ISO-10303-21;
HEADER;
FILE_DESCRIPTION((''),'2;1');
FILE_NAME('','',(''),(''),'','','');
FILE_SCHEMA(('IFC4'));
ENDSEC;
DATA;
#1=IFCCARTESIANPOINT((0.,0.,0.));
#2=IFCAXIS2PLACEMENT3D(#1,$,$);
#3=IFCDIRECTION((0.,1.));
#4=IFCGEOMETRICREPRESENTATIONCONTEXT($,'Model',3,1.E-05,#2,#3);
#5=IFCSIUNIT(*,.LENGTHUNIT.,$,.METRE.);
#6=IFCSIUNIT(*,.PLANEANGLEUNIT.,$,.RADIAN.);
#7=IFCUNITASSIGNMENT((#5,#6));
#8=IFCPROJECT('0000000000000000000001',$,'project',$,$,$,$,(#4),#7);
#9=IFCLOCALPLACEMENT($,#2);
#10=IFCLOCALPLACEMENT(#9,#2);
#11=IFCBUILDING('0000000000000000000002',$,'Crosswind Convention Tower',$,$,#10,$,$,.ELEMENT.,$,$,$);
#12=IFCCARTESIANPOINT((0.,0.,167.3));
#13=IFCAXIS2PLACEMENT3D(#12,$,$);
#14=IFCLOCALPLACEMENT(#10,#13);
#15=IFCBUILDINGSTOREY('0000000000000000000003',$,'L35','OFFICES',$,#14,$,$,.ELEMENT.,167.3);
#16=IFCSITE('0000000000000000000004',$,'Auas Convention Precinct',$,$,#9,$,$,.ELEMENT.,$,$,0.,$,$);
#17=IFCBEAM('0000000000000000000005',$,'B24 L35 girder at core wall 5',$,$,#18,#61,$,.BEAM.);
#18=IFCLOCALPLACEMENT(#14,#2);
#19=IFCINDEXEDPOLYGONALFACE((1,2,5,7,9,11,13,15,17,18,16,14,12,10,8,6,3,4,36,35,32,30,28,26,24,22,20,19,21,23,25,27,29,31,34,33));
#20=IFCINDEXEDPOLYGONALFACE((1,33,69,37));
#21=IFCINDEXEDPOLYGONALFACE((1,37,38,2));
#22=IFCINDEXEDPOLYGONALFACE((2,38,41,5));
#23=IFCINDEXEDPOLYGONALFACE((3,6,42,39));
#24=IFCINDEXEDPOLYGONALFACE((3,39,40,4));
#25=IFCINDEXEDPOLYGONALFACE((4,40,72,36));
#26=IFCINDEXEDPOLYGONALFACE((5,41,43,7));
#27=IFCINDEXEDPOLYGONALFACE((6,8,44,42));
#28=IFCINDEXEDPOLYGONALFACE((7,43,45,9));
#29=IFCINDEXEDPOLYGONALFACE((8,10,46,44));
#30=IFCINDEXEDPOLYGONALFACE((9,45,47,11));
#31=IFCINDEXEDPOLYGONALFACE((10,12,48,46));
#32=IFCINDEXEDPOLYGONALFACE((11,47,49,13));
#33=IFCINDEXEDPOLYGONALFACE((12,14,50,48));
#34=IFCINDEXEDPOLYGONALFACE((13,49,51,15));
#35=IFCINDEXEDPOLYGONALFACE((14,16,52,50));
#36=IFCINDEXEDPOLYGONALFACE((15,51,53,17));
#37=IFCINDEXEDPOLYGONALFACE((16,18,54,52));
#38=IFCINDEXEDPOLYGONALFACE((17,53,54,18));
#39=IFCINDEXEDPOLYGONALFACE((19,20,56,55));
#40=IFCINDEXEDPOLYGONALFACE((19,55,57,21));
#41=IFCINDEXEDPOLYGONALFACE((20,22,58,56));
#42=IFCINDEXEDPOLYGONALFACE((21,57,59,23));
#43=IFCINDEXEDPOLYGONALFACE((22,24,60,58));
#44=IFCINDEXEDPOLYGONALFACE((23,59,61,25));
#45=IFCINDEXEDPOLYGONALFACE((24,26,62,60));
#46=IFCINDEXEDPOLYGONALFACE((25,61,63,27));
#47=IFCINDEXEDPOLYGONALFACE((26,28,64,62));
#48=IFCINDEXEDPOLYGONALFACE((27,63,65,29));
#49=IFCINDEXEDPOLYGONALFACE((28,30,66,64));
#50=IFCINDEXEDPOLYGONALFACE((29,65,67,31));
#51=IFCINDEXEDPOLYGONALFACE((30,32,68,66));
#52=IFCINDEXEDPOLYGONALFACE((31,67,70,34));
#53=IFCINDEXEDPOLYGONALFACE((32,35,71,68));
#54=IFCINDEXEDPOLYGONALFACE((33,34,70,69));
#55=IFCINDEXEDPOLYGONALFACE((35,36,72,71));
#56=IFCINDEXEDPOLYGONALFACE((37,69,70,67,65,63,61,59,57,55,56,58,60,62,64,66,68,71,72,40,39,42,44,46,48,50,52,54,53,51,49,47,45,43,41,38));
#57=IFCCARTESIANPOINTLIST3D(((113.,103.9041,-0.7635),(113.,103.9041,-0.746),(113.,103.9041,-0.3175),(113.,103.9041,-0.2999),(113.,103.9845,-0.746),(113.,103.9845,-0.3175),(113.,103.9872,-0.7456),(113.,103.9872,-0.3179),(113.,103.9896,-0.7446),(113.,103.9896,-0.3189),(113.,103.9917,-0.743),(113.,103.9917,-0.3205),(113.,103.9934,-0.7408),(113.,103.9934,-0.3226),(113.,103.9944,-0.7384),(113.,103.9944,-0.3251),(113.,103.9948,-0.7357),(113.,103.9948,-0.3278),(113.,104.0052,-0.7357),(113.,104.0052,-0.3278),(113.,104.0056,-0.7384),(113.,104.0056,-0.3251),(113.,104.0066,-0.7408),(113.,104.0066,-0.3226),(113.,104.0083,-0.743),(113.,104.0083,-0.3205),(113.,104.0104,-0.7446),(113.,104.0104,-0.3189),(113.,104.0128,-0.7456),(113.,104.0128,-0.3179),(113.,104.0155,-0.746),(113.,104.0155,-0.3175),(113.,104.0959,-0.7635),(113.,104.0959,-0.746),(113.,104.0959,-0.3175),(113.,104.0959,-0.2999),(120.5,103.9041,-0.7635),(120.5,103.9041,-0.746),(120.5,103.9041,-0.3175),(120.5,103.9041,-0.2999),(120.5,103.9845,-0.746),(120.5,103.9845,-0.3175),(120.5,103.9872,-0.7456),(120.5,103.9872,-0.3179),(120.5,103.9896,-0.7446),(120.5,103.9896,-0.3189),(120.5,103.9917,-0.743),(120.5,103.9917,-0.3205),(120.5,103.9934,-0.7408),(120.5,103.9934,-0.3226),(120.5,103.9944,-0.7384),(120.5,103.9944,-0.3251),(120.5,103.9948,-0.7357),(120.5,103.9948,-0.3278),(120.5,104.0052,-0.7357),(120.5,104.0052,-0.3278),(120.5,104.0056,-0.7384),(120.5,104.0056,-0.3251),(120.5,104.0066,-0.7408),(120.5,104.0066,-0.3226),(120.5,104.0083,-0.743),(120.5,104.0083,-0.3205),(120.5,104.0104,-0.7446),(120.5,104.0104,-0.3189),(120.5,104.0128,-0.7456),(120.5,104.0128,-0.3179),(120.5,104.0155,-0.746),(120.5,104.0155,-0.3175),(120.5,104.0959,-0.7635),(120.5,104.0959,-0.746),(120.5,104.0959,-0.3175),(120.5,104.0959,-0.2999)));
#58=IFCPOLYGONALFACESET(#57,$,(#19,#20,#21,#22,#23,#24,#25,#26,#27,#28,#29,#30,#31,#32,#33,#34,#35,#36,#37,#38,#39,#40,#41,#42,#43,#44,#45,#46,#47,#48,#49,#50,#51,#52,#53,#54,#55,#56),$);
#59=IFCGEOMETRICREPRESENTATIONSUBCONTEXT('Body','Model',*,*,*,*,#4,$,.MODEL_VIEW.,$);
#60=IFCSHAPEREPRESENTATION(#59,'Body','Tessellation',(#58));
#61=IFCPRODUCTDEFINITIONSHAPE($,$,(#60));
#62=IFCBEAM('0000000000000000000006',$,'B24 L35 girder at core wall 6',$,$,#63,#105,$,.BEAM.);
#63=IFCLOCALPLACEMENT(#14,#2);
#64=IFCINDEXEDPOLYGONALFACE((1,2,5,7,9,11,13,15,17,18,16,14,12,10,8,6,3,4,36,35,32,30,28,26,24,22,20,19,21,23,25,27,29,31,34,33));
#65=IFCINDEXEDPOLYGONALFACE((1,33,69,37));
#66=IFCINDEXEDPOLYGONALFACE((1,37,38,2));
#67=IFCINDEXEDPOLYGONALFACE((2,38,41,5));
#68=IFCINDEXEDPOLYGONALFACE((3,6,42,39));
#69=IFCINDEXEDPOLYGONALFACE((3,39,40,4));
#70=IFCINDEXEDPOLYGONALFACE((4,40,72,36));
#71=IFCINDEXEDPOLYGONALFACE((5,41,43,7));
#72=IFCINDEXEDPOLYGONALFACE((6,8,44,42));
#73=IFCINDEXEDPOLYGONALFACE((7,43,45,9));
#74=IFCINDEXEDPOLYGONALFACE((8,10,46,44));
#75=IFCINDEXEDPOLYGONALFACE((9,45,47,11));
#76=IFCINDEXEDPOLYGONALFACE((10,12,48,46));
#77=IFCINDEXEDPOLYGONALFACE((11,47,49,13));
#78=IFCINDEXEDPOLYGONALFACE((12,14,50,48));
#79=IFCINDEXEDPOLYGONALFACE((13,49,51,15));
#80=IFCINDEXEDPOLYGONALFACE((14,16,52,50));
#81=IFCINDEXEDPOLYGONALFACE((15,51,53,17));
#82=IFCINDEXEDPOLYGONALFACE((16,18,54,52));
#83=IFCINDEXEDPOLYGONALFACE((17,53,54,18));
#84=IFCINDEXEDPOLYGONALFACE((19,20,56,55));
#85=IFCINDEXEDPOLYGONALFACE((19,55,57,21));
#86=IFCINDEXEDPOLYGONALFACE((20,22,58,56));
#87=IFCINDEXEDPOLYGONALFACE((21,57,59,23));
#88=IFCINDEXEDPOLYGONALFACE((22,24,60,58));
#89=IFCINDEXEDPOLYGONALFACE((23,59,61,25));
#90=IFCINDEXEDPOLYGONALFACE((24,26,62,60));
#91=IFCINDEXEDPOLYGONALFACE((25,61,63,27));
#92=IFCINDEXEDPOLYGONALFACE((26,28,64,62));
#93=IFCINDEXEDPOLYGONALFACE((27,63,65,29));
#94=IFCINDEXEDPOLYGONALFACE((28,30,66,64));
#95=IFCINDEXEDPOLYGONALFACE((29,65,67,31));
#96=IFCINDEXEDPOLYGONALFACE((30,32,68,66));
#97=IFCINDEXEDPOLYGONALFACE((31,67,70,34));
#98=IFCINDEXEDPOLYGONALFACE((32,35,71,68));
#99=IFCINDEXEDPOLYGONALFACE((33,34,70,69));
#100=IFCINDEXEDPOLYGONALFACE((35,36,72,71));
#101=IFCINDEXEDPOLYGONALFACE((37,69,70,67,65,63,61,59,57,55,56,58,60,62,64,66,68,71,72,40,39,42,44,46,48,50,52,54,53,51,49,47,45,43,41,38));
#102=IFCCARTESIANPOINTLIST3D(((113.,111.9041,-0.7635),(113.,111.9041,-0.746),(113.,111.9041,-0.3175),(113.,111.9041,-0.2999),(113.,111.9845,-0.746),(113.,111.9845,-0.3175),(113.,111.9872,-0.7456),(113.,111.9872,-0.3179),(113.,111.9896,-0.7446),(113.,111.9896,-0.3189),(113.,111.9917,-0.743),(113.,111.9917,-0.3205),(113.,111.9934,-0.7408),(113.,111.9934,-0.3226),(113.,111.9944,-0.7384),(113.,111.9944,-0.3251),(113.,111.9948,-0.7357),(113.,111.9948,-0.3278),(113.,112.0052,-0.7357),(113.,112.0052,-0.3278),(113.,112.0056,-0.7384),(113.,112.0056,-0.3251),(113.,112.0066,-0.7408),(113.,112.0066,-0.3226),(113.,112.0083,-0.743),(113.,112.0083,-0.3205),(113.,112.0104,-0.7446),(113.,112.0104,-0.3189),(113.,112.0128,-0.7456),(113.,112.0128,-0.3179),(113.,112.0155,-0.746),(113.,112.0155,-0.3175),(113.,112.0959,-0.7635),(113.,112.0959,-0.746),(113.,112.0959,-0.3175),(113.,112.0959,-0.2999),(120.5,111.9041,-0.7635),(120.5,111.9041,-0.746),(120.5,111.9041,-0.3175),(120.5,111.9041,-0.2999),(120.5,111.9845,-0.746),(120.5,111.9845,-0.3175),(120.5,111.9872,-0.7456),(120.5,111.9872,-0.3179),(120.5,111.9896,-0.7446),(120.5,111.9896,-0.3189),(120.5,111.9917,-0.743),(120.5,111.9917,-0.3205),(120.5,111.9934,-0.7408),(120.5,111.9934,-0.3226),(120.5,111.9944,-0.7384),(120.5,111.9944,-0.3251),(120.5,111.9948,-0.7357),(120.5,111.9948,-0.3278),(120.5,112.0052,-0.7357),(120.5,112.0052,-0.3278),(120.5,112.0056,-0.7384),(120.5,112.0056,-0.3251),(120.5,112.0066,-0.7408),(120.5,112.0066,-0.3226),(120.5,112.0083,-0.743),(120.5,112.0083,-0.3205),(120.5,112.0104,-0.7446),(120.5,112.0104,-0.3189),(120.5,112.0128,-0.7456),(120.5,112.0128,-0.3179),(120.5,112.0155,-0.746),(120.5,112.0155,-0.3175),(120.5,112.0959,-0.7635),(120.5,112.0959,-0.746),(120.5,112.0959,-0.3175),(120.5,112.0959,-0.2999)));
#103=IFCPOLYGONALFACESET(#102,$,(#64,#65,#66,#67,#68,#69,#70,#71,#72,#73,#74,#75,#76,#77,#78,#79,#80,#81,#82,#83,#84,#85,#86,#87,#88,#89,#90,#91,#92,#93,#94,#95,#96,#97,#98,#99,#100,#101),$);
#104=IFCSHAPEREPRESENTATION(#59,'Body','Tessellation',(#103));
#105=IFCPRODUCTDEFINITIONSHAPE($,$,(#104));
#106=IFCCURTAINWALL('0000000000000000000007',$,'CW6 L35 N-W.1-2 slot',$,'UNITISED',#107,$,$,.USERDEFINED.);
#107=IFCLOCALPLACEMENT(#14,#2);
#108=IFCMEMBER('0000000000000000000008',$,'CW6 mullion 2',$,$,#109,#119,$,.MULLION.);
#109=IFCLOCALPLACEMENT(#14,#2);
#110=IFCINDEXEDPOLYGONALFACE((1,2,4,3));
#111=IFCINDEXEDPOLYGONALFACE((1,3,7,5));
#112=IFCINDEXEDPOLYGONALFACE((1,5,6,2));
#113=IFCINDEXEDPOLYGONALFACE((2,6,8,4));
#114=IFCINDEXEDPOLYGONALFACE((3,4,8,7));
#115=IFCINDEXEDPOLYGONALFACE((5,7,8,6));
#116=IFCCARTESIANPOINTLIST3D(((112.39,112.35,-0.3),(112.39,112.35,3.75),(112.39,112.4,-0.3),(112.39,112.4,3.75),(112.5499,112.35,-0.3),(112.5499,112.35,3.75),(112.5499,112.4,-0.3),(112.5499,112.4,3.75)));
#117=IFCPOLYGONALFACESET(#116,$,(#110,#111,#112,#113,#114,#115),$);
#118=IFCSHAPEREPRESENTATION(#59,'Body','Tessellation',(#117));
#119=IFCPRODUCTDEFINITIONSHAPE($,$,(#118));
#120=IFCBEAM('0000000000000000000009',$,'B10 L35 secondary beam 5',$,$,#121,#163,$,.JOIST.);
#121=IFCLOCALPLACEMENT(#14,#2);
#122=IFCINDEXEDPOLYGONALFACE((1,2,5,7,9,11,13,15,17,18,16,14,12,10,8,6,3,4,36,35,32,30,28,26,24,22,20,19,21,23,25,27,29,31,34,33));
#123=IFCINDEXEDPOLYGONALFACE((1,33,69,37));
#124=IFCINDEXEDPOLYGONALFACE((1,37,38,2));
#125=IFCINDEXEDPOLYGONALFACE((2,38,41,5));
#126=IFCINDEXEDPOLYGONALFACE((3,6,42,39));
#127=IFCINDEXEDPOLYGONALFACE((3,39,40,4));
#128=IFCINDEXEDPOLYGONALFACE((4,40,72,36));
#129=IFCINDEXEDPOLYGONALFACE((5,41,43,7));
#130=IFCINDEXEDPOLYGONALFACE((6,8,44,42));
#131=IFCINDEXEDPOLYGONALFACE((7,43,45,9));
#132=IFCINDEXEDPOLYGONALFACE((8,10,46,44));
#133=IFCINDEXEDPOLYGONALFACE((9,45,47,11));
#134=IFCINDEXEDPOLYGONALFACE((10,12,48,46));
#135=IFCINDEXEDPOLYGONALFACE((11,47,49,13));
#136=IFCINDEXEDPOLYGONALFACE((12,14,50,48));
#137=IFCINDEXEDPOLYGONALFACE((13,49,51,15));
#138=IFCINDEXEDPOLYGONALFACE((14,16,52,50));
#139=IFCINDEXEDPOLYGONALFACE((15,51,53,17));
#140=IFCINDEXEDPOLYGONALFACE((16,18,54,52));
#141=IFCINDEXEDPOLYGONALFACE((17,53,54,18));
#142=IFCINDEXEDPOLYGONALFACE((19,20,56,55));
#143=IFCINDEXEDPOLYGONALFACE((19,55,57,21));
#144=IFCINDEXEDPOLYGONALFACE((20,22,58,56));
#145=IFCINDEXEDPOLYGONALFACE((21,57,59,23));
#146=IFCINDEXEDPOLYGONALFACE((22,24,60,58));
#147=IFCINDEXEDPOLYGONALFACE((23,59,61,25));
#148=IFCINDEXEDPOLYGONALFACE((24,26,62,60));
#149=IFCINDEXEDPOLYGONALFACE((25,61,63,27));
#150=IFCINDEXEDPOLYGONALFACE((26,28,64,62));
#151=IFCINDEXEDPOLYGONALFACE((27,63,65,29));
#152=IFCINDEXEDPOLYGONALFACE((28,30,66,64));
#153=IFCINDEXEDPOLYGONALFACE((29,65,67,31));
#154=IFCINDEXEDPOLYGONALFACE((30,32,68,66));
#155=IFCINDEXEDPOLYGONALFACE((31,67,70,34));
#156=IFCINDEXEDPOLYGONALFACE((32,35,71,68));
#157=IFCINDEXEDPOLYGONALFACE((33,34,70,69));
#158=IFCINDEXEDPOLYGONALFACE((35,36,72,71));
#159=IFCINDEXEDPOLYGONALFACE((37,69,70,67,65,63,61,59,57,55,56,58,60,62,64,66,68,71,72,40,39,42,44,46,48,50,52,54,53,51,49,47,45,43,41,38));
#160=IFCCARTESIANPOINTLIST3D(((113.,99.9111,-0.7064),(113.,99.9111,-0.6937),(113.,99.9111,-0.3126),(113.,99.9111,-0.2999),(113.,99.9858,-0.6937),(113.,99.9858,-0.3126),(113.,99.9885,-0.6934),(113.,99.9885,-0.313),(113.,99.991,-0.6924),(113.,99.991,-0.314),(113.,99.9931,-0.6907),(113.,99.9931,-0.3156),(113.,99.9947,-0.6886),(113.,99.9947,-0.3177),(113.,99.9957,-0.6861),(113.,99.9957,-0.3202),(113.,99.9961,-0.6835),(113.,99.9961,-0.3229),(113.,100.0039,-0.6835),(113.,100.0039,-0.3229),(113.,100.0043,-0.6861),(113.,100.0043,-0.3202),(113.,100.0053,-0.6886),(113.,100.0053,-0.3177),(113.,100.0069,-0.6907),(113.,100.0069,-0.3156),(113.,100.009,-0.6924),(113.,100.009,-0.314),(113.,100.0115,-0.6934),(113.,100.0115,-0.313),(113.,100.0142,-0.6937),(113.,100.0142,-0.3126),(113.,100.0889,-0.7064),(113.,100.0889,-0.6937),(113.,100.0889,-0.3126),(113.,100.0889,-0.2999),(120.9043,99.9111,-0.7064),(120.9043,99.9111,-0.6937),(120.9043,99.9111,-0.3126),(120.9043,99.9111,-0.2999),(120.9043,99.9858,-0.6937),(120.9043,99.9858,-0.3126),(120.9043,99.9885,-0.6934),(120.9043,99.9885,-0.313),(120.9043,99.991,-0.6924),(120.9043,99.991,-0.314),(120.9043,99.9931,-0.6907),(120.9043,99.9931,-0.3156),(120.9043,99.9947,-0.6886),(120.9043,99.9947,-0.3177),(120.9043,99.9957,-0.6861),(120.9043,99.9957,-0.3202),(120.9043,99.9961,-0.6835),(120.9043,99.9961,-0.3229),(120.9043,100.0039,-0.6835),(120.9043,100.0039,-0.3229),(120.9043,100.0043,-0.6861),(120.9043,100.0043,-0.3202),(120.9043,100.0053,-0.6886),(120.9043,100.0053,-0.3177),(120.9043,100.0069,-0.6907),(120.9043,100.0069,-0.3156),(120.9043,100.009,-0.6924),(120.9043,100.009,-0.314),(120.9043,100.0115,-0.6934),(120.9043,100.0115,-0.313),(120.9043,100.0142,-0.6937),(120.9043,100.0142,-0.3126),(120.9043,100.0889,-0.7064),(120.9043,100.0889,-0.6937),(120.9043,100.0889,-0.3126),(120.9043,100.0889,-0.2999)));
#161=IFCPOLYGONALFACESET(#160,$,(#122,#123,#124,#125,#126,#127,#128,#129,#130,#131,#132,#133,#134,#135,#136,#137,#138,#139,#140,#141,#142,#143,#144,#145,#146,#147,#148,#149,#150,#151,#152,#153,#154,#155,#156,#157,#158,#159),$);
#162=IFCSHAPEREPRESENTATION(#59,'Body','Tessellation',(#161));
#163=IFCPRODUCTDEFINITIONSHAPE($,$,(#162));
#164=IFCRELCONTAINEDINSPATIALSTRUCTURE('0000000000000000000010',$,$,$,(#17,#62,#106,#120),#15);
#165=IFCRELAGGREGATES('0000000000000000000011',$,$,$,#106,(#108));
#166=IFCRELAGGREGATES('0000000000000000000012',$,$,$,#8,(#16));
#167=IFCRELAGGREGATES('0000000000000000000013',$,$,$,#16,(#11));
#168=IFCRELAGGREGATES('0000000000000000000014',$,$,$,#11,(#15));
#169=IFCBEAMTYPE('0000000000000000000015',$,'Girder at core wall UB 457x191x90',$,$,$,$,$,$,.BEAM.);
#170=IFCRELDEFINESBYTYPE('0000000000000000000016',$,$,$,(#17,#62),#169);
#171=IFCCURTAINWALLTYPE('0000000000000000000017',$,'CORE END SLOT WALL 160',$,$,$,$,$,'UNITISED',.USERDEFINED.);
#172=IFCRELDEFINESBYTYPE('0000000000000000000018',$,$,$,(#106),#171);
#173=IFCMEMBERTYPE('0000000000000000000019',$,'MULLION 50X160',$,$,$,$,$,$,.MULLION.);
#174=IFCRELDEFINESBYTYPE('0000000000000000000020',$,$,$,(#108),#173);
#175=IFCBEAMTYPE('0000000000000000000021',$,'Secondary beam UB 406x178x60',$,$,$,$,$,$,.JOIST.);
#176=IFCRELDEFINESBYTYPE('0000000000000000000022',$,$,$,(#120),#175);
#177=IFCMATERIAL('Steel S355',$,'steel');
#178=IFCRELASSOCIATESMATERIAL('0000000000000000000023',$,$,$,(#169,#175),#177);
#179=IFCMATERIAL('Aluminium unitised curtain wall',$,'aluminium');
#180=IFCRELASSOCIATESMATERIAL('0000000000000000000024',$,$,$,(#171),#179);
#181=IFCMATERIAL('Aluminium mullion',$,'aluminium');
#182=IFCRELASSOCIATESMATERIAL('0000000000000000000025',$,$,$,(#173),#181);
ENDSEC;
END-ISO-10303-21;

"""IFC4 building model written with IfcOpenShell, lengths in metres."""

from ifc_helpers import new_model, si_unit, direction, frame, origin, origin_2d, place, context, subcontext, project, spatial, rectangle, i_section, extrude, material, material_profile, profile_set, type_object, element, aggregate, save


model = new_model("IFC4")

# Units and contexts
model_context = context("Model", 3, precision=1e-05, world=origin(), true_north=direction((0.0, 1.0)))
body_context = subcontext(model_context, "Body", "Model", "MODEL_VIEW")
ifc_project = project(units=[si_unit("LENGTHUNIT", "METRE"), si_unit("PLANEANGLEUNIT", "RADIAN")], contexts=[model_context])

# Site, building, storey
site_placement = place(None, origin())
site = spatial("IfcSite", under=ifc_project, at=site_placement, Name="Auas Convention Precinct", CompositionType="ELEMENT", RefElevation=0.0)
building_placement = place(site_placement, origin())
building = spatial("IfcBuilding", under=site, at=building_placement, Name="Crosswind Convention Tower", CompositionType="ELEMENT")
storey_placement = place(building_placement, frame((0.0, 0.0, 167.3)))
storey = spatial("IfcBuildingStorey", under=building, at=storey_placement, Name="L35", Description="OFFICES", CompositionType="ELEMENT", Elevation=167.3)

# Beams
ifc_material_1 = material(Name="Steel S355", Category="steel")
ifc_material_profile_1 = material_profile(ifc_material_1, i_section(OverallWidth=0.1919, OverallDepth=0.4636, WebThickness=0.0105, FlangeThickness=0.0176, FilletRadius=0.0103, at=origin_2d()), Name="UB 457x191x90")
ifc_profile_set_1 = profile_set([ifc_material_profile_1], Name="Steel S355")
beam_type_1 = type_object("IfcBeamType", Name="Girder at core wall UB 457x191x90", PredefinedType="BEAM", material=ifc_profile_set_1)
for number, where, z_axis, x_axis, name in (
    (1, (113.0, 104.0, -0.5317), (1.0, 0.0, 0.0), (0.0, 1.0, 0.0), "B24 L35 girder at core wall 5"),
    (2, (113.0, 112.0, -0.5317), (1.0, 0.0, 0.0), (0.0, 1.0, 0.0), "B24 L35 girder at core wall 6"),
):
    element("IfcBeam", number, at=place(storey_placement, frame(where, z_axis=z_axis, x_axis=x_axis)), inside=storey, type_object=beam_type_1, Name=name, PredefinedType="BEAM", context=body_context, shape_type="SweptSolid", body=[
        extrude(i_section(OverallWidth=0.1919, OverallDepth=0.4636, WebThickness=0.0105, FlangeThickness=0.0176, FilletRadius=0.0103, at=origin_2d()), origin(), (0.0, 0.0, 1.0), 7.5),
    ])

# Curtain wall, member
ifc_material_2 = material(Name="Aluminium unitised curtain wall", Category="aluminium")
curtain_wall_type = type_object("IfcCurtainWallType", Name="CORE END SLOT WALL 160", ElementType="UNITISED", PredefinedType="USERDEFINED", material=ifc_material_2)
curtain_wall_placement = place(storey_placement, origin())
curtain_wall = element("IfcCurtainWall", 3, at=curtain_wall_placement, inside=storey, type_object=curtain_wall_type, Name="CW6 L35 N-W.1-2 slot", ObjectType="UNITISED", PredefinedType="USERDEFINED")
ifc_material_3 = material(Name="Aluminium mullion", Category="aluminium")
ifc_material_profile_2 = material_profile(ifc_material_3, rectangle(XDim=0.1599, YDim=0.05, at=origin_2d()), Name="AL 160X50")
ifc_profile_set_2 = profile_set([ifc_material_profile_2], Name="Aluminium mullion")
member_type = type_object("IfcMemberType", Name="MULLION 50X160", PredefinedType="MULLION", material=ifc_profile_set_2)
member_placement = place(storey_placement, frame((112.47, 112.375, -0.3), z_axis=(0.0, 0.0, 1.0), x_axis=(-1.0, 0.0, 0.0)))
member = element("IfcMember", 4, at=member_placement, type_object=member_type, Name="CW6 mullion 2", PredefinedType="MULLION", context=body_context, shape_type="SweptSolid", body=[
    extrude(rectangle(XDim=0.1599, YDim=0.05, at=origin_2d()), origin(), (0.0, 0.0, 1.0), 4.05),
])
aggregate(curtain_wall, [member])

# Beam
ifc_material_profile_3 = material_profile(ifc_material_1, i_section(OverallWidth=0.1777, OverallDepth=0.4065, WebThickness=0.0078, FlangeThickness=0.0127, FilletRadius=0.0103, at=origin_2d()), Name="UB 406x178x60")
ifc_profile_set_3 = profile_set([ifc_material_profile_3], Name="Steel S355")
beam_type_2 = type_object("IfcBeamType", Name="Secondary beam UB 406x178x60", PredefinedType="JOIST", material=ifc_profile_set_3)
for number, where, z_axis, x_axis, name in (
    (5, (113.0, 100.0, -0.5032), (1.0, 0.0, 0.0), (0.0, 1.0, 0.0), "B10 L35 secondary beam 5"),
):
    element("IfcBeam", number, at=place(storey_placement, frame(where, z_axis=z_axis, x_axis=x_axis)), inside=storey, type_object=beam_type_2, Name=name, PredefinedType="JOIST", context=body_context, shape_type="SweptSolid", body=[
        extrude(i_section(OverallWidth=0.1777, OverallDepth=0.4065, WebThickness=0.0078, FlangeThickness=0.0127, FilletRadius=0.0103, at=origin_2d()), origin(), (0.0, 0.0, 1.0), 7.9043),
    ])

save(model, "model.ifc")
